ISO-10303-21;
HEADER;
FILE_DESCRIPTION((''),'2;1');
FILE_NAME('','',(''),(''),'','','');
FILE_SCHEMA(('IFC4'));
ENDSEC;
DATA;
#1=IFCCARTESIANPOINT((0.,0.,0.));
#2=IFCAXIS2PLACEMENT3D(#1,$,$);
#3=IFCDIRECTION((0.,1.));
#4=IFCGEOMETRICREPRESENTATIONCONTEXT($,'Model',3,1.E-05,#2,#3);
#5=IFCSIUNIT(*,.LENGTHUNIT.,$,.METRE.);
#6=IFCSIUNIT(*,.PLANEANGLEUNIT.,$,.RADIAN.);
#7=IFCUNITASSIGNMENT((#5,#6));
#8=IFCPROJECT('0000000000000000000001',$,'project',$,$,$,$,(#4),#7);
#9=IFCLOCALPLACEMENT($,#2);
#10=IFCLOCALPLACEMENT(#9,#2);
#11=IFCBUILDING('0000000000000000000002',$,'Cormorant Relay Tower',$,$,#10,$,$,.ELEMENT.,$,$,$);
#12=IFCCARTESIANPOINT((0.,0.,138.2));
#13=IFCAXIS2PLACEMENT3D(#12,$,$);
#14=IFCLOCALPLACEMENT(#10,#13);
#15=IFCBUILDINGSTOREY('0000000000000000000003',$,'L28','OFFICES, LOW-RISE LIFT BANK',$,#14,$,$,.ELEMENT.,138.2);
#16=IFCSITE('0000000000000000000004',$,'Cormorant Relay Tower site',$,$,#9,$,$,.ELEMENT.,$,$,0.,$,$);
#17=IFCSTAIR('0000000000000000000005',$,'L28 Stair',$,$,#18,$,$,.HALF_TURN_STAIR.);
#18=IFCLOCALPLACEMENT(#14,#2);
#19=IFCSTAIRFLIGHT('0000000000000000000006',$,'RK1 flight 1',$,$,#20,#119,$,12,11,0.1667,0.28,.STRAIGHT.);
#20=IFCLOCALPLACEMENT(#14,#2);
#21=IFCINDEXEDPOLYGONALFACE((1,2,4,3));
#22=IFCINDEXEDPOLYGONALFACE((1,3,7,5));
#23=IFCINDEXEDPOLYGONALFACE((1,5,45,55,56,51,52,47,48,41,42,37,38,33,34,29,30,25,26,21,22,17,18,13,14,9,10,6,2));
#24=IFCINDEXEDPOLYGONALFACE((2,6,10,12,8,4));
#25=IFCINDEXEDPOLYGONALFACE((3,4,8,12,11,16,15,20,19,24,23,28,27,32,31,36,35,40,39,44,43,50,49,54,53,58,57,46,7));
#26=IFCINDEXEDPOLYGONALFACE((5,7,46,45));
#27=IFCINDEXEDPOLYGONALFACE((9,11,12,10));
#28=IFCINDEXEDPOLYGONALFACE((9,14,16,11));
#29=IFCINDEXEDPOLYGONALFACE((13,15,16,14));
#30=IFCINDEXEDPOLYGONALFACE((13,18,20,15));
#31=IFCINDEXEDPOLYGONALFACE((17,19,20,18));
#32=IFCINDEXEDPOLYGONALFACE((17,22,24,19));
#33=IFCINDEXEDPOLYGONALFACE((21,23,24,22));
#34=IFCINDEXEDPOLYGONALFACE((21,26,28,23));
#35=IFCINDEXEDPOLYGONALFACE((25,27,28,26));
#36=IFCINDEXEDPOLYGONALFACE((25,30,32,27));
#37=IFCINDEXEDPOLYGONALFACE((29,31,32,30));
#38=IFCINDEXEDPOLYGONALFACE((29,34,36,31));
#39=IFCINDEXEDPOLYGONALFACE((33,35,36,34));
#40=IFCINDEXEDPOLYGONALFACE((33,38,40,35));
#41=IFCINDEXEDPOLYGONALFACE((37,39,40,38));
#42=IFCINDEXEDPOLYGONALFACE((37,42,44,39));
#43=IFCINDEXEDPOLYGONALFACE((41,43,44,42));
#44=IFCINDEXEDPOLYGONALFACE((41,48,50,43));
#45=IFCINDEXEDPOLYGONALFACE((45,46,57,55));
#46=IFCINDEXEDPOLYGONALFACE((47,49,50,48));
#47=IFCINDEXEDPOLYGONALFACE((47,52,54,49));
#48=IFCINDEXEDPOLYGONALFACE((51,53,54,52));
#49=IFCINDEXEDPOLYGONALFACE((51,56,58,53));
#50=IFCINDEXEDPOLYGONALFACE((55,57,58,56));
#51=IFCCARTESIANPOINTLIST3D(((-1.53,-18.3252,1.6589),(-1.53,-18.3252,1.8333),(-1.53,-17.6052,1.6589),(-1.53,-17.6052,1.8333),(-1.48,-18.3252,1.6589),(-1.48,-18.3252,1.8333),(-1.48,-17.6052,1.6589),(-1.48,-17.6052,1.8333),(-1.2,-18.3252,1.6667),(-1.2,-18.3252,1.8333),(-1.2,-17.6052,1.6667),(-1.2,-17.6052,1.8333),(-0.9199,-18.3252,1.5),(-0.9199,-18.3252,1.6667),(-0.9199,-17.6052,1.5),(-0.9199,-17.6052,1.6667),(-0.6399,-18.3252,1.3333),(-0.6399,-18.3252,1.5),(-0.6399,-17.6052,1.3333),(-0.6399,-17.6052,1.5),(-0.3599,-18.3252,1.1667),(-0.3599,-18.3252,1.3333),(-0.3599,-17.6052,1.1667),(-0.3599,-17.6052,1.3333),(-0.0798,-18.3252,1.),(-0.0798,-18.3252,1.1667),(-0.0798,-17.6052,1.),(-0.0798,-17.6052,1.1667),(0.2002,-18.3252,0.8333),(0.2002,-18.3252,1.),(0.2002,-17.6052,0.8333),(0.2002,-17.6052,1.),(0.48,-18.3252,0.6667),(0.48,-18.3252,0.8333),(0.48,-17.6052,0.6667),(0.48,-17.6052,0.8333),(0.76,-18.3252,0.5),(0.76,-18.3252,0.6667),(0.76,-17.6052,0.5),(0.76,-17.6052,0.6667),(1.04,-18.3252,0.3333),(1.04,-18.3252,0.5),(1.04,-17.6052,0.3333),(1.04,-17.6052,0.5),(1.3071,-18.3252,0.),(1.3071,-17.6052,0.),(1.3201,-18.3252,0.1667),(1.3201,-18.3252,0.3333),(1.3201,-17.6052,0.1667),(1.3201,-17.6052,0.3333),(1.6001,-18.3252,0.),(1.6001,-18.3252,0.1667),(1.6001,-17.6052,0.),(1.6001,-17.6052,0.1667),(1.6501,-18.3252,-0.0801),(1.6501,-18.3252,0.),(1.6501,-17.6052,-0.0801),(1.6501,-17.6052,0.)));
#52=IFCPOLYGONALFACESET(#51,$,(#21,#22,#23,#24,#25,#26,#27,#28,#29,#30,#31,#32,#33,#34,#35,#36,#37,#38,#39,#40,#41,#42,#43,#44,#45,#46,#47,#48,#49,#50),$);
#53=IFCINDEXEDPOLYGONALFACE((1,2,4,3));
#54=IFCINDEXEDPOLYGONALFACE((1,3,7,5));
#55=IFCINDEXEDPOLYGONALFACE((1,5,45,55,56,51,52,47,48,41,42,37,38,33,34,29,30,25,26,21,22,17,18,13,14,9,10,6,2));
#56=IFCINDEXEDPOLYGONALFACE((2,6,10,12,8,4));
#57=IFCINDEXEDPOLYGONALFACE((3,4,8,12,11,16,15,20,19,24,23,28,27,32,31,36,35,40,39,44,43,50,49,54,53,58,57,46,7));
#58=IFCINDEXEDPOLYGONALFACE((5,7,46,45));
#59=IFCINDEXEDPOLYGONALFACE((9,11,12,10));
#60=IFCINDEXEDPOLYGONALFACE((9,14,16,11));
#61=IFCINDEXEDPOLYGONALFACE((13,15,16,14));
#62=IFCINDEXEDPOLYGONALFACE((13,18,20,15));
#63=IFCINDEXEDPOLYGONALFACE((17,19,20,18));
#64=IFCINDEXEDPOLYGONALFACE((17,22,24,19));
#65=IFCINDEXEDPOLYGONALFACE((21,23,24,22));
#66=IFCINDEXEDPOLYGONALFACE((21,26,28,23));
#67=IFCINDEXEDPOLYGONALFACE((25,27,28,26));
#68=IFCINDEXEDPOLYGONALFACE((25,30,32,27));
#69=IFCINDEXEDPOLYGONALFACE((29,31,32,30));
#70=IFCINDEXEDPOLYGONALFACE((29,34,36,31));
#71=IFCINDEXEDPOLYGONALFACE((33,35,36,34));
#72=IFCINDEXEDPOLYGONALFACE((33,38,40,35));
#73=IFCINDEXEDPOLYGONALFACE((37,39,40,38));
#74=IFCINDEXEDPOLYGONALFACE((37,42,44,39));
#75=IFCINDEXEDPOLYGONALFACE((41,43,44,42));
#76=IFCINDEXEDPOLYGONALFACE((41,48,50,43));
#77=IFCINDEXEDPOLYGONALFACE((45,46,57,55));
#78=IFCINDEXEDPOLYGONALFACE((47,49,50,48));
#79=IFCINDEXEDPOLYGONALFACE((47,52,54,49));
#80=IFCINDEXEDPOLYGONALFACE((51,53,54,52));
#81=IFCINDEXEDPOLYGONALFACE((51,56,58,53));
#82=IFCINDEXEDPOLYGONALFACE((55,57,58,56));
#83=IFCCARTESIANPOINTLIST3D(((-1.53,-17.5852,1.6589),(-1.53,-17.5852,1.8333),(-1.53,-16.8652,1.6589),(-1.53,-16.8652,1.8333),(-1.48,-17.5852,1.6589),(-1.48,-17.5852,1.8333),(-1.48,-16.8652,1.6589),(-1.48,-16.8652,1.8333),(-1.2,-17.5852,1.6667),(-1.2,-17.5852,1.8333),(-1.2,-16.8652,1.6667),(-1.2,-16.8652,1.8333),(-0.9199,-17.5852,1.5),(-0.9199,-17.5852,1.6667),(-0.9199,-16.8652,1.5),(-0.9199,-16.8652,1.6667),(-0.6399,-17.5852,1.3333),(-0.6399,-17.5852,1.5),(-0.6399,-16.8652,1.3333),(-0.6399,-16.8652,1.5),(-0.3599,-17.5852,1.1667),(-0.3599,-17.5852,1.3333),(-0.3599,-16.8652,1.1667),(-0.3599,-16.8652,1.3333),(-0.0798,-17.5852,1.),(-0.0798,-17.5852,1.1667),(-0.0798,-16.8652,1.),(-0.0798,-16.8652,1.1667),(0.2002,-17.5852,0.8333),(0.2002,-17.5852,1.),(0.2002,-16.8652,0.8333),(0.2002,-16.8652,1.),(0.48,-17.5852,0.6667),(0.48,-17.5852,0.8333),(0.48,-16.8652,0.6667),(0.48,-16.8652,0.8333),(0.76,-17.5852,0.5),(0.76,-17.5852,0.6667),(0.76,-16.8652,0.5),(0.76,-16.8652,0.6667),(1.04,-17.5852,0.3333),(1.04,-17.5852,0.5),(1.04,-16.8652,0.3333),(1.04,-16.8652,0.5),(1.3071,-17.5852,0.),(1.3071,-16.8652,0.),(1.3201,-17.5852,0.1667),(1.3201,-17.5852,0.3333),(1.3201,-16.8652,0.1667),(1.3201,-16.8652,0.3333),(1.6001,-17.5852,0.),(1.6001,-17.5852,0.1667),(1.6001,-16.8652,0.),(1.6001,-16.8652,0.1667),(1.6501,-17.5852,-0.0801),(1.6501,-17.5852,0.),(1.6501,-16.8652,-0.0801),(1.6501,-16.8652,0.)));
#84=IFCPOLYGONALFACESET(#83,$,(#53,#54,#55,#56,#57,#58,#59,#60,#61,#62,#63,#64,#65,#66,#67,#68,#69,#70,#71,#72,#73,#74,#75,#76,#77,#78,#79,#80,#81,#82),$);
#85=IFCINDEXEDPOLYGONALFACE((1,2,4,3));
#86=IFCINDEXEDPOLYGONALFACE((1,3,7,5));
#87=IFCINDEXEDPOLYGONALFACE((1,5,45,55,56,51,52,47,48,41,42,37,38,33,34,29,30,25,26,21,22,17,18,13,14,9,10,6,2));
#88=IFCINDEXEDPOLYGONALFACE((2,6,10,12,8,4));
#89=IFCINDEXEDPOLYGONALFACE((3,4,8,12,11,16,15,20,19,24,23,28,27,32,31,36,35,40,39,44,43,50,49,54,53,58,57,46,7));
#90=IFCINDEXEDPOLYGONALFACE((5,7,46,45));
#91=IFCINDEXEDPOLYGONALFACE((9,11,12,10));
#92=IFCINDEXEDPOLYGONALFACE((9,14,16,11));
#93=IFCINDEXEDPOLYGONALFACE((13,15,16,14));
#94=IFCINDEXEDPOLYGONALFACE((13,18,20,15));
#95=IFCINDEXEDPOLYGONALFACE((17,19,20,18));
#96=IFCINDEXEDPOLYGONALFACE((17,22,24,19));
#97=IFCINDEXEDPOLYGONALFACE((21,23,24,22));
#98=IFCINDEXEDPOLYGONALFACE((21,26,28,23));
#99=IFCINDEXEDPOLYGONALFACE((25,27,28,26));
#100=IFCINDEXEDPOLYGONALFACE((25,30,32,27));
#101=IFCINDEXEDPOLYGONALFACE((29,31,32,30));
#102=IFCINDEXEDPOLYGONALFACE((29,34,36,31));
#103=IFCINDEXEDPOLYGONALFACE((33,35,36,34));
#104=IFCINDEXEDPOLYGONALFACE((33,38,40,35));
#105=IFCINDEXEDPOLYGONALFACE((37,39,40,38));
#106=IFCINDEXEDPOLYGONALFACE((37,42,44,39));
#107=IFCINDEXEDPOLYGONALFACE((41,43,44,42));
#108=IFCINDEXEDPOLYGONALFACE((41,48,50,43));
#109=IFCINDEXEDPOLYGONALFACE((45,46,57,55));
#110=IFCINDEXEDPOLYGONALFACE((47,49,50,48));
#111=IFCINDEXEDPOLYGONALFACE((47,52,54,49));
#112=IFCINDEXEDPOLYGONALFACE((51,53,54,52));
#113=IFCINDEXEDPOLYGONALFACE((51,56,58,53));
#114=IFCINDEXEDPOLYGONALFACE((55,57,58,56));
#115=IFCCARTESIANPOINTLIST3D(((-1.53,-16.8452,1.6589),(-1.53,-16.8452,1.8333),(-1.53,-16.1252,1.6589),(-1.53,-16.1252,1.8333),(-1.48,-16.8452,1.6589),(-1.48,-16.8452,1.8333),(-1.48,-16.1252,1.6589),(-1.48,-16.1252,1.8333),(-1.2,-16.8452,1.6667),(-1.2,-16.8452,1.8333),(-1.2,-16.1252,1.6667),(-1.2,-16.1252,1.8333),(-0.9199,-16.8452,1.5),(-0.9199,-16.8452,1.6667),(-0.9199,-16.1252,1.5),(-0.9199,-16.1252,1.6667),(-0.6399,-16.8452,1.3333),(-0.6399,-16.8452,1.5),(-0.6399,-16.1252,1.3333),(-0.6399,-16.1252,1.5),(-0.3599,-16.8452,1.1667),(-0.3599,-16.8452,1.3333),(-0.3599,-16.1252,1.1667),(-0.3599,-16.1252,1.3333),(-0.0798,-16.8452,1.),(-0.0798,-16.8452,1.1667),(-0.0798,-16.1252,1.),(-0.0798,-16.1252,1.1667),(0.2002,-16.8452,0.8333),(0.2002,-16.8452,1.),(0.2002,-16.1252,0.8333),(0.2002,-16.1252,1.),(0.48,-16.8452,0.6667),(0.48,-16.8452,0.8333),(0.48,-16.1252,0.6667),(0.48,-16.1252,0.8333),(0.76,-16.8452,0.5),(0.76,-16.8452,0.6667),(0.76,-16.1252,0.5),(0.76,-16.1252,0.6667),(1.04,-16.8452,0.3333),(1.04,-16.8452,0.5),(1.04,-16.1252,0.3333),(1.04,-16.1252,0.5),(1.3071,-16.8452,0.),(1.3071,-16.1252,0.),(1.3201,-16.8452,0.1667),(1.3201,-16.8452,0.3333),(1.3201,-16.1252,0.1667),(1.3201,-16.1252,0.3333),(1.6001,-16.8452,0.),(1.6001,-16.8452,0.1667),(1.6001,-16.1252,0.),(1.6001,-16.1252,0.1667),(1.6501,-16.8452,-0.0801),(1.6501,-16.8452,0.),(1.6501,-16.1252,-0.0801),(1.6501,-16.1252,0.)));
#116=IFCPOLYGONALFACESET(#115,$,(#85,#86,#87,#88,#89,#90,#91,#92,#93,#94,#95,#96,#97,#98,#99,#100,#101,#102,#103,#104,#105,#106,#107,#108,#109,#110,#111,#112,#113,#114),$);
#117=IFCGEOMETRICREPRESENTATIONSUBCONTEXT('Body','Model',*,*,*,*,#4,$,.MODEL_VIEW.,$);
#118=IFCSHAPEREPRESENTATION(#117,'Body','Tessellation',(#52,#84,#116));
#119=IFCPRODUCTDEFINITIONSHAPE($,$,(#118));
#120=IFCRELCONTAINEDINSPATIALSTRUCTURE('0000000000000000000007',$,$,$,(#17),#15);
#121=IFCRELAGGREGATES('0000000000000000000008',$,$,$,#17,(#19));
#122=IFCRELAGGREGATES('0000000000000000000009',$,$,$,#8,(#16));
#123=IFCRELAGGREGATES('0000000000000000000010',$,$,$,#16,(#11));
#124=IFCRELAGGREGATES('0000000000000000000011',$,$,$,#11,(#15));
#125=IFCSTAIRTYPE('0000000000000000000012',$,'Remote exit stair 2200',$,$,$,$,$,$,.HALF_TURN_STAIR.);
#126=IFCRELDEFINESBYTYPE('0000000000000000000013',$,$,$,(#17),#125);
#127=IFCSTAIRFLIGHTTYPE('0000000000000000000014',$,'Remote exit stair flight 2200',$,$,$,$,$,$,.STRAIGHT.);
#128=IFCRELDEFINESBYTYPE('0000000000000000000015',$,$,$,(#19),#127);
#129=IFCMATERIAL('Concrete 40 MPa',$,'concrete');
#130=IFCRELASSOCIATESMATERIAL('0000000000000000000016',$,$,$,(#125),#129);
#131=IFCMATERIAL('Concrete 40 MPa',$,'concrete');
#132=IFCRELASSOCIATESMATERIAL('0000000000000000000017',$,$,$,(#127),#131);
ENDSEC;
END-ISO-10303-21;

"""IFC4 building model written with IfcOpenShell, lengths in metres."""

from ifc_helpers import new_model, si_unit, direction, frame, origin, place, context, subcontext, project, spatial, polyline, outline, extrude, material, type_object, element, aggregate, save


model = new_model("IFC4")

# Units and contexts
model_context = context("Model", 3, precision=1e-05, world=origin(), true_north=direction((0.0, 1.0)))
body_context = subcontext(model_context, "Body", "Model", "MODEL_VIEW")
ifc_project = project(units=[si_unit("LENGTHUNIT", "METRE"), si_unit("PLANEANGLEUNIT", "RADIAN")], contexts=[model_context])

# Site, building, storey
site_placement = place(None, origin())
site = spatial("IfcSite", under=ifc_project, at=site_placement, Name="Cormorant Relay Tower site", CompositionType="ELEMENT", RefElevation=0.0)
building_placement = place(site_placement, origin())
building = spatial("IfcBuilding", under=site, at=building_placement, Name="Cormorant Relay Tower", CompositionType="ELEMENT")
storey_placement = place(building_placement, frame((0.0, 0.0, 138.2)))
storey = spatial("IfcBuildingStorey", under=building, at=storey_placement, Name="L28", Description="OFFICES, LOW-RISE LIFT BANK", CompositionType="ELEMENT", Elevation=138.2)

# Stair, stair flight
ifc_material_1 = material(Name="Concrete 40 MPa", Category="concrete")
stair_type = type_object("IfcStairType", Name="Remote exit stair 2200", PredefinedType="HALF_TURN_STAIR", material=ifc_material_1)
stair_placement = place(storey_placement, origin())
stair = element("IfcStair", 1, at=stair_placement, inside=storey, type_object=stair_type, Name="L28 Stair", PredefinedType="HALF_TURN_STAIR")
ifc_material_2 = material(Name="Concrete 40 MPa", Category="concrete")
stair_flight_type = type_object("IfcStairFlightType", Name="Remote exit stair flight 2200", PredefinedType="STRAIGHT", material=ifc_material_2)
stair_flight_1_placement = place(storey_placement, frame((1.6001, -17.2251, 0.0), z_axis=(0.0, 0.0, 1.0), x_axis=(-1.0, 0.0, 0.0)))
stair_flight_1 = element("IfcStairFlight", 2, at=stair_flight_1_placement, type_object=stair_flight_type, Name="RK1 flight 1", NumberOfRisers=12, NumberOfTreads=11, PredefinedType="STRAIGHT", RiserHeight=0.1667, TreadLength=0.28, context=body_context, shape_type="SweptSolid", body=[
    extrude(outline(polyline([(-0.05, -0.0801), (-0.05, 0.0), (0.0, 0.0), (0.0, 0.1667), (0.28, 0.1667), (0.28, 0.3333), (0.5601, 0.3333), (0.5601, 0.5), (0.8401, 0.5), (0.8401, 0.6667), (1.1201, 0.6667), (1.1201, 0.8333), (1.3999, 0.8333), (1.3999, 1.0), (1.6799, 1.0), (1.6799, 1.1667), (1.96, 1.1667), (1.96, 1.3333), (2.24, 1.3333), (2.24, 1.5), (2.52, 1.5), (2.52, 1.6667), (2.8, 1.6667), (2.8, 1.8333), (3.0801, 1.8333), (3.1301, 1.8333), (3.1301, 1.6589), (3.0801, 1.6589), (0.293, 0.0), (-0.05, -0.0801)])), frame((0.0, 1.1001, 0.0), z_axis=(0.0, -1.0, 0.0), x_axis=(1.0, 0.0, 0.0)), (0.0, 0.0, 1.0), 0.72),
    extrude(outline(polyline([(-0.05, -0.0801), (-0.05, 0.0), (0.0, 0.0), (0.0, 0.1667), (0.28, 0.1667), (0.28, 0.3333), (0.5601, 0.3333), (0.5601, 0.5), (0.8401, 0.5), (0.8401, 0.6667), (1.1201, 0.6667), (1.1201, 0.8333), (1.3999, 0.8333), (1.3999, 1.0), (1.6799, 1.0), (1.6799, 1.1667), (1.96, 1.1667), (1.96, 1.3333), (2.24, 1.3333), (2.24, 1.5), (2.52, 1.5), (2.52, 1.6667), (2.8, 1.6667), (2.8, 1.8333), (3.0801, 1.8333), (3.1301, 1.8333), (3.1301, 1.6589), (3.0801, 1.6589), (0.293, 0.0), (-0.05, -0.0801)])), frame((0.0, 0.3601, 0.0), z_axis=(0.0, -1.0, 0.0), x_axis=(1.0, 0.0, 0.0)), (0.0, 0.0, 1.0), 0.72),
    extrude(outline(polyline([(-0.05, -0.0801), (-0.05, 0.0), (0.0, 0.0), (0.0, 0.1667), (0.28, 0.1667), (0.28, 0.3333), (0.5601, 0.3333), (0.5601, 0.5), (0.8401, 0.5), (0.8401, 0.6667), (1.1201, 0.6667), (1.1201, 0.8333), (1.3999, 0.8333), (1.3999, 1.0), (1.6799, 1.0), (1.6799, 1.1667), (1.96, 1.1667), (1.96, 1.3333), (2.24, 1.3333), (2.24, 1.5), (2.52, 1.5), (2.52, 1.6667), (2.8, 1.6667), (2.8, 1.8333), (3.0801, 1.8333), (3.1301, 1.8333), (3.1301, 1.6589), (3.0801, 1.6589), (0.293, 0.0), (-0.05, -0.0801)])), frame((0.0, -0.3799, 0.0), z_axis=(0.0, -1.0, 0.0), x_axis=(1.0, 0.0, 0.0)), (0.0, 0.0, 1.0), 0.72),
])
aggregate(stair, [stair_flight_1])

save(model, "model.ifc")
